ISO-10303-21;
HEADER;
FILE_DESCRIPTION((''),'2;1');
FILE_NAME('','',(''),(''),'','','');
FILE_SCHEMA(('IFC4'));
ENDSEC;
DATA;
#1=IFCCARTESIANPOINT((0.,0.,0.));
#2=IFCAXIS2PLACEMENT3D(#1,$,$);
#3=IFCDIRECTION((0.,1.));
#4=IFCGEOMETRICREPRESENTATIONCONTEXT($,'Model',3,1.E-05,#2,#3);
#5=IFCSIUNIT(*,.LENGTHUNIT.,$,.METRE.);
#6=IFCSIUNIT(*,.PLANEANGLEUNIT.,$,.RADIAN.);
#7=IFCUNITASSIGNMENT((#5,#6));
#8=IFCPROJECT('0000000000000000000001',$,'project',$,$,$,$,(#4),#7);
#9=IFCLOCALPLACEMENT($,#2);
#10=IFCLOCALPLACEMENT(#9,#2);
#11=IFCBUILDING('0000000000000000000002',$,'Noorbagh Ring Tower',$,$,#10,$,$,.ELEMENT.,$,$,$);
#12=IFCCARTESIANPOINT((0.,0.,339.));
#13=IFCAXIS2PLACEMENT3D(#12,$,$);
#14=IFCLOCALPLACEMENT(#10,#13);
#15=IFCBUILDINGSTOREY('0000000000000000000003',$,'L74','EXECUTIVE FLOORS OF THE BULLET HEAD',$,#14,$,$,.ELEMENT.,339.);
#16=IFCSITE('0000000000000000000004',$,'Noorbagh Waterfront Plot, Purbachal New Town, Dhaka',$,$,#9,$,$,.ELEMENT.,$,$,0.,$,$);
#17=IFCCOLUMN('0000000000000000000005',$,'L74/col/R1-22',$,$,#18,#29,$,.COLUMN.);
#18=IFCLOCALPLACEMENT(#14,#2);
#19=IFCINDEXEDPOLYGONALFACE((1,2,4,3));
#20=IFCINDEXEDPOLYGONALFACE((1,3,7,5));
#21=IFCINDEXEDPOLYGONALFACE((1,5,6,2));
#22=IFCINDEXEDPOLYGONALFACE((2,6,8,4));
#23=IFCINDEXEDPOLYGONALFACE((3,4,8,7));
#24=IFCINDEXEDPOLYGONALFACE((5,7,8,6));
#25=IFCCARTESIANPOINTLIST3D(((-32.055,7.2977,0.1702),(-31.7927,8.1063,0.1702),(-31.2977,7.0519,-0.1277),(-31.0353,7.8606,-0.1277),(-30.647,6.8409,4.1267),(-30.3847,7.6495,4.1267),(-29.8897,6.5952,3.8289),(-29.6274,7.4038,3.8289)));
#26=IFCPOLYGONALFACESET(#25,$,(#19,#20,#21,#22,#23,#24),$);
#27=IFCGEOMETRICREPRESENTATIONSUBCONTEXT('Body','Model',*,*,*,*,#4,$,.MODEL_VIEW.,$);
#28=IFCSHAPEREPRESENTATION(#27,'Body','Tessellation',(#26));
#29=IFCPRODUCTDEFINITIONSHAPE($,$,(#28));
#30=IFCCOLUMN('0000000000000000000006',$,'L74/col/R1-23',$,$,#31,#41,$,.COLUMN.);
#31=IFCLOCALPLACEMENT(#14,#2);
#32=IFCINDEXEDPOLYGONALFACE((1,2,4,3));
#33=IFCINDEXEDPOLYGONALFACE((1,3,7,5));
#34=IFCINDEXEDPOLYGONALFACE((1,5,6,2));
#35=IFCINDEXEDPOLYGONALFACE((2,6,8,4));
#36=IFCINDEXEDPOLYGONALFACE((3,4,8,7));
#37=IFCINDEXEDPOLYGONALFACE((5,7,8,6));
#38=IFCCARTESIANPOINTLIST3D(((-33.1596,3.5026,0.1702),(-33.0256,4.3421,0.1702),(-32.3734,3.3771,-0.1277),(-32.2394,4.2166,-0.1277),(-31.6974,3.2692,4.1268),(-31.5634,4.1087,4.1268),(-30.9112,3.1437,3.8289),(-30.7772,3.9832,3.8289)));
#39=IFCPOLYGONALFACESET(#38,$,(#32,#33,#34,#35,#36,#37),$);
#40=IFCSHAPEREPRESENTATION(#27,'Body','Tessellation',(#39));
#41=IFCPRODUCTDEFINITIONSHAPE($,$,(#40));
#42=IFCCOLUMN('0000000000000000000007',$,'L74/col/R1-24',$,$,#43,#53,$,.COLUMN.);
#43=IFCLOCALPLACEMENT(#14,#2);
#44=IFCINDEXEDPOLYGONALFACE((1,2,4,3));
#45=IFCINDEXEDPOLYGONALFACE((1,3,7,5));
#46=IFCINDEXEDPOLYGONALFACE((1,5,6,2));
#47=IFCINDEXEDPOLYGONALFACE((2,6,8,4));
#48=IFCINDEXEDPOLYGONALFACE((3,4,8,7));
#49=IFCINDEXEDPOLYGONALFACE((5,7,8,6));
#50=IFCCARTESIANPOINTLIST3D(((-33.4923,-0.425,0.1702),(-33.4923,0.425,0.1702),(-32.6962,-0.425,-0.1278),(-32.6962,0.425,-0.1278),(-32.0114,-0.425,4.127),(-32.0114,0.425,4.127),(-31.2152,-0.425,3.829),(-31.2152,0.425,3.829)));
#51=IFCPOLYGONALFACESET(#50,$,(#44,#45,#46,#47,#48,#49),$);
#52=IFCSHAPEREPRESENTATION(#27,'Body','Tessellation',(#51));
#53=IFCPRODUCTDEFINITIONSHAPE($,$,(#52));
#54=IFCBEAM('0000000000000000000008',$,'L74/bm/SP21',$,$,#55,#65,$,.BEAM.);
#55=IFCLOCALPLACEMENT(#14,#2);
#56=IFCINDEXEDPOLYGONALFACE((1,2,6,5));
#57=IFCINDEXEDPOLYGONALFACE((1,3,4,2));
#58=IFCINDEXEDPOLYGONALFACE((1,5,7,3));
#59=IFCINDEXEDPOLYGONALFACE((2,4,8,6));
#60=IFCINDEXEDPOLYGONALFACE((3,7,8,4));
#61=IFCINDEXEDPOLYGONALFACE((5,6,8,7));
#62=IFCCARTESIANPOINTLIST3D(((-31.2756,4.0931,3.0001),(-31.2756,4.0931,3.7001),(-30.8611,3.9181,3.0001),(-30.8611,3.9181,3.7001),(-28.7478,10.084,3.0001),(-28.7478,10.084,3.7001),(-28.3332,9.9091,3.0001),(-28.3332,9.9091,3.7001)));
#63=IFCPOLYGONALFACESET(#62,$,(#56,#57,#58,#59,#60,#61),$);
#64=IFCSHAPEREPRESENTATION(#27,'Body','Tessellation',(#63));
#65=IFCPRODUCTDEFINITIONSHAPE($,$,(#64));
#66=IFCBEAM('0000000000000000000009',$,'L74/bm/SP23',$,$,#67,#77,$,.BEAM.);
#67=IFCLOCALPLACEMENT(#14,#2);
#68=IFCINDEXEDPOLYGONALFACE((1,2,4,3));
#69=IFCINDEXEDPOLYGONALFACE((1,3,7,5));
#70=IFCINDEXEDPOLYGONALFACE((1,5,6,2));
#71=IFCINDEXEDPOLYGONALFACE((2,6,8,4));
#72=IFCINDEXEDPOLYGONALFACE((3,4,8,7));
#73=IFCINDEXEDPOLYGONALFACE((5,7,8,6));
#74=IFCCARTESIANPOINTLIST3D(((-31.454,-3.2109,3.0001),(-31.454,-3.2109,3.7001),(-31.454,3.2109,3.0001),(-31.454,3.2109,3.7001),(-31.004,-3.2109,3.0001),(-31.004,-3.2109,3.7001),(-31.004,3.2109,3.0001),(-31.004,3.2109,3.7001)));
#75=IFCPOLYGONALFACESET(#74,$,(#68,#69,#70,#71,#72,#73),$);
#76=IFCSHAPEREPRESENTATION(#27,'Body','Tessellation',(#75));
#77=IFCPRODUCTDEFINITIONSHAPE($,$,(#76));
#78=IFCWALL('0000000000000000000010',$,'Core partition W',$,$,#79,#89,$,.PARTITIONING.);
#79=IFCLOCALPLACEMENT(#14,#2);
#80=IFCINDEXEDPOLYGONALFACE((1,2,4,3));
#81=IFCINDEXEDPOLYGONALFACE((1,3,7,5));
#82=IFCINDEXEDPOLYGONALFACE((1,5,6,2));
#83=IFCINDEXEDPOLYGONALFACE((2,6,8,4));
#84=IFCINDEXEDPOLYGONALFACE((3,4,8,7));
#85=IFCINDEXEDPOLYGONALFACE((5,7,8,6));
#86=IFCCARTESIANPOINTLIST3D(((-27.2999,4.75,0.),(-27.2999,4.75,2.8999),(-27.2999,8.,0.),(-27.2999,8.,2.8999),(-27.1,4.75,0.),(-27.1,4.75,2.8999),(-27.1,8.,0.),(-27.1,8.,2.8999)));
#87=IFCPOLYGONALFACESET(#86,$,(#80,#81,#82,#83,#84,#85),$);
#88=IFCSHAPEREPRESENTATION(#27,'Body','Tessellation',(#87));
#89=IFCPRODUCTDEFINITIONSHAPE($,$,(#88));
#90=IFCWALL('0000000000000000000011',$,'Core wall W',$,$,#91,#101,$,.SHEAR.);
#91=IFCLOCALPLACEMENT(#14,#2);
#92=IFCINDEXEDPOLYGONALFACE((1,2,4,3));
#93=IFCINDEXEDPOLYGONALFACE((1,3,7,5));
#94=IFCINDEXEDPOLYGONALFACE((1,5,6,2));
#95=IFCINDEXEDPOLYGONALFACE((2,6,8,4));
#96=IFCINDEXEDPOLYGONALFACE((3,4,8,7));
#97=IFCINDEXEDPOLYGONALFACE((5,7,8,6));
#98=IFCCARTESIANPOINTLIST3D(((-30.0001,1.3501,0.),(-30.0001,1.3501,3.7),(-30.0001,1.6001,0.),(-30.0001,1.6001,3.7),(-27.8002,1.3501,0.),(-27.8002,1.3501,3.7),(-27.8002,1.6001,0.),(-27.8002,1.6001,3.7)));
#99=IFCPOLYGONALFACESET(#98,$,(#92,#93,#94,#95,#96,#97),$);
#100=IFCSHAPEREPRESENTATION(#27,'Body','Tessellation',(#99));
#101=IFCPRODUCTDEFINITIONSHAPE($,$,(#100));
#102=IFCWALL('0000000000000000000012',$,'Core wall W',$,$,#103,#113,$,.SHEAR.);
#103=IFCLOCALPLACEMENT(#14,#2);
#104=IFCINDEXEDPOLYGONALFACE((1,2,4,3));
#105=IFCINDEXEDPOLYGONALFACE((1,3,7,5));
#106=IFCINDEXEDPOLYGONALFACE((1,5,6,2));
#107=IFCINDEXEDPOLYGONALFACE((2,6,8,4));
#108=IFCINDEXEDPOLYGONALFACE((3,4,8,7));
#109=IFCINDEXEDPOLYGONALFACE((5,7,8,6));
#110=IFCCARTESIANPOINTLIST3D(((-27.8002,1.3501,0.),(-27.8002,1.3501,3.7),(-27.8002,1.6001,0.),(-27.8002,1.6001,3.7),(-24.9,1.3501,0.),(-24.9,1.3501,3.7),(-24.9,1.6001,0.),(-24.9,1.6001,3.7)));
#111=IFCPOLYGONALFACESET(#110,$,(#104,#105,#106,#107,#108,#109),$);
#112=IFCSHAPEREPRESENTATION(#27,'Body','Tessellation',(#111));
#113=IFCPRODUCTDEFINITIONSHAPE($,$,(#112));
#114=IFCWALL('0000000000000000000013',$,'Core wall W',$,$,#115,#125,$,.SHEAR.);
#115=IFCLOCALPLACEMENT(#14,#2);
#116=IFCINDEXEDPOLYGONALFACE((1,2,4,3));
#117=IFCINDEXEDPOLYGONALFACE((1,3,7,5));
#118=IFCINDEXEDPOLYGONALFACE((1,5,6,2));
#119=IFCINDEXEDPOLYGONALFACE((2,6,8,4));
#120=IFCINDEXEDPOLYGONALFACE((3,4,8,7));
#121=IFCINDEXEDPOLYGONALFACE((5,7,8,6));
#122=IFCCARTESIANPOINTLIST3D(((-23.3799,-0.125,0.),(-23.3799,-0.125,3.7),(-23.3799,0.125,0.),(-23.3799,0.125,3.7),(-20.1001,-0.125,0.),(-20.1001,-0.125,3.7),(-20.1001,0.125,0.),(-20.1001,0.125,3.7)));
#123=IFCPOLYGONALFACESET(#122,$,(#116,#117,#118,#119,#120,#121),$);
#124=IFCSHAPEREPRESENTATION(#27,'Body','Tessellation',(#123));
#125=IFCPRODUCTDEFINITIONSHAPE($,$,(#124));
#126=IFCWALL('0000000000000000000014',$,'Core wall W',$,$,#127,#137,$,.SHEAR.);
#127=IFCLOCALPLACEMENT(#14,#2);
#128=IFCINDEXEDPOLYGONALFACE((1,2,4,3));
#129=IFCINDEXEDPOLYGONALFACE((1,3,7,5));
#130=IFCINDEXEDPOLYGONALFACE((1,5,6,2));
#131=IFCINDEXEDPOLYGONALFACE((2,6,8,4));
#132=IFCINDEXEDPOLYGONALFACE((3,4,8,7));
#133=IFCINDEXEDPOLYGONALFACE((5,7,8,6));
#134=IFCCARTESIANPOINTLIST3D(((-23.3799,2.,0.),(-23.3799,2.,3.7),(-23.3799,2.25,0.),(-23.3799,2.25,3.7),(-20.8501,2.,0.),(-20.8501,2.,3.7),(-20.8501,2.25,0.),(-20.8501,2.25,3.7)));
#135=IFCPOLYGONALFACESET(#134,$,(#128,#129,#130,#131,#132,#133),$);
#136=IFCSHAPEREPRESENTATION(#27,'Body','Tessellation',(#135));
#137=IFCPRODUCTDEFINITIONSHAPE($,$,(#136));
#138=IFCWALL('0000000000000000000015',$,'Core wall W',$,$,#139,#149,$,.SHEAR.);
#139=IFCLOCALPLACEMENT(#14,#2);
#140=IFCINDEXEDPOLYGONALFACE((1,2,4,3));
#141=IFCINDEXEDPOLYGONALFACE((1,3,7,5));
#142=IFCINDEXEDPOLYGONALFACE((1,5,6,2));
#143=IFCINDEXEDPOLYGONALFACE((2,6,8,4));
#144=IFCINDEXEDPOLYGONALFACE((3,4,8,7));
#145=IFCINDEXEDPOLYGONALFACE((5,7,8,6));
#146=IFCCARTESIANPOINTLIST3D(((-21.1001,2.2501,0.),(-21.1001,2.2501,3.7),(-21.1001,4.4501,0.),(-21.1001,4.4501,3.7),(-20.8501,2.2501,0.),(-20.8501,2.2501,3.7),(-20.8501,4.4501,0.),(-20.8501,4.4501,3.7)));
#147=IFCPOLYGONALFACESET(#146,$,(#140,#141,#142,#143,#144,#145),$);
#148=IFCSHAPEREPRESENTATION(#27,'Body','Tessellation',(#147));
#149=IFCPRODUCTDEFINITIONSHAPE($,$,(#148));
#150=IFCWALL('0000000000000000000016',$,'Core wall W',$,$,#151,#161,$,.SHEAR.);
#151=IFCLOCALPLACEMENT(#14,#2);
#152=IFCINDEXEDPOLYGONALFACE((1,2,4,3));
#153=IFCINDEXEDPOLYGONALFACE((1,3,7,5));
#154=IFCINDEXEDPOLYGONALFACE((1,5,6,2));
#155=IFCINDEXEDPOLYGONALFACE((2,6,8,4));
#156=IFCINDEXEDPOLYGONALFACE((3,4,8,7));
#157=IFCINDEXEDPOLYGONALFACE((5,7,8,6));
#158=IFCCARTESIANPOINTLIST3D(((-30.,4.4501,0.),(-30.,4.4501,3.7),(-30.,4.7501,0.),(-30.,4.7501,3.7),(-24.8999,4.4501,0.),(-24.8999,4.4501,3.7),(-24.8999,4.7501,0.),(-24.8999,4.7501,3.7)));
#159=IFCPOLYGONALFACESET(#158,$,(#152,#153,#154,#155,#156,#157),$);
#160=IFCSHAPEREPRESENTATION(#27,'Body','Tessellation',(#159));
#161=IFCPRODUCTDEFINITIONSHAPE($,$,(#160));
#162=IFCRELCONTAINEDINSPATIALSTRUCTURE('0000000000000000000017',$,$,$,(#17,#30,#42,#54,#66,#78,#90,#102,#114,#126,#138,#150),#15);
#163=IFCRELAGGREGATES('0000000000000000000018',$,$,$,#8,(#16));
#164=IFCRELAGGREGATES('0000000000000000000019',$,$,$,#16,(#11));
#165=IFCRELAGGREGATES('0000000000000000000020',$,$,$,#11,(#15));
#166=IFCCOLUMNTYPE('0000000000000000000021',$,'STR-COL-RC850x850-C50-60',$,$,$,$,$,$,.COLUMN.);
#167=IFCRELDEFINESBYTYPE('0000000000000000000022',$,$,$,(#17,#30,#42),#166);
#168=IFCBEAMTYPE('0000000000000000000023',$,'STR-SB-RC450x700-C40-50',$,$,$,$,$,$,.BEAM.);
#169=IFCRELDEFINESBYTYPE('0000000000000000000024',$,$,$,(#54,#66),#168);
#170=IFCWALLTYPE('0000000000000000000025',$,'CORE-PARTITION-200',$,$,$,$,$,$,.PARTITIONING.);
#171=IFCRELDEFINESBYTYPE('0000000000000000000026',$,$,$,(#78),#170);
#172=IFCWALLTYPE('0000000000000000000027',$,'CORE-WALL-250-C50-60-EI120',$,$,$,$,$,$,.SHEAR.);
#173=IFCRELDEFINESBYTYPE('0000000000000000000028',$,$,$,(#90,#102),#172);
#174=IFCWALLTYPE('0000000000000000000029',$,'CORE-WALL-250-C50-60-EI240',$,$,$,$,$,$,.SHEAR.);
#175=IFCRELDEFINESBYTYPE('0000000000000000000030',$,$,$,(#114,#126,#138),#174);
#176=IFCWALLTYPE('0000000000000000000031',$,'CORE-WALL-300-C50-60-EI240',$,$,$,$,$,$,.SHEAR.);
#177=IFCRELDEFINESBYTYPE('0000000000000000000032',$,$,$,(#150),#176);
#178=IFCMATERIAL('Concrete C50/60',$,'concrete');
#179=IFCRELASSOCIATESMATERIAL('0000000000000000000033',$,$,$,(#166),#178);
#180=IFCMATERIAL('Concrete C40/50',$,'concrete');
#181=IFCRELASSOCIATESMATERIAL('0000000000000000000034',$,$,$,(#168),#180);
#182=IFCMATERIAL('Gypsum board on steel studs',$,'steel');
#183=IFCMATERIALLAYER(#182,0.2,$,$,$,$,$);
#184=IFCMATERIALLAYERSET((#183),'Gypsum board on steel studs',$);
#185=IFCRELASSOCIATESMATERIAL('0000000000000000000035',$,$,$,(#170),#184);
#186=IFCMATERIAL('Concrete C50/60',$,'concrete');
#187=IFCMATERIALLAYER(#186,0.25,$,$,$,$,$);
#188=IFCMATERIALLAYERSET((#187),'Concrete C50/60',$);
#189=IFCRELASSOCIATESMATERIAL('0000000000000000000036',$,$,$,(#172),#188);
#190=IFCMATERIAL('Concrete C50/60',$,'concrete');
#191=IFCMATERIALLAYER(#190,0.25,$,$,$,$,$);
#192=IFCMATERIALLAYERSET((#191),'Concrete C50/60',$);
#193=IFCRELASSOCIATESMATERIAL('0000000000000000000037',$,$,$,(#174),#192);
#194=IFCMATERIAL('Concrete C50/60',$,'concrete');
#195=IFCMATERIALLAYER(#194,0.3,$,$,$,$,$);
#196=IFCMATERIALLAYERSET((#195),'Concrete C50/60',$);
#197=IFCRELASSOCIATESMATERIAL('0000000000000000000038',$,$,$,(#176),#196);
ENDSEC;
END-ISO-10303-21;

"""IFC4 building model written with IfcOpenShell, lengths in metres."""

from ifc_helpers import new_model, si_unit, direction, frame, frame_2d, origin, origin_2d, place, context, subcontext, project, spatial, rectangle, extrude, material, layer, layer_set, material_profile, profile_set, type_object, element, save


model = new_model("IFC4")

# Units and contexts
model_context = context("Model", 3, precision=1e-05, world=origin(), true_north=direction((0.0, 1.0)))
body_context = subcontext(model_context, "Body", "Model", "MODEL_VIEW")
ifc_project = project(units=[si_unit("LENGTHUNIT", "METRE"), si_unit("PLANEANGLEUNIT", "RADIAN")], contexts=[model_context])

# Site, building, storey
site_placement = place(None, origin())
site = spatial("IfcSite", under=ifc_project, at=site_placement, Name="Noorbagh Waterfront Plot, Purbachal New Town, Dhaka", CompositionType="ELEMENT", RefElevation=0.0)
building_placement = place(site_placement, origin())
building = spatial("IfcBuilding", under=site, at=building_placement, Name="Noorbagh Ring Tower", CompositionType="ELEMENT")
storey_placement = place(building_placement, frame((0.0, 0.0, 339.0)))
storey = spatial("IfcBuildingStorey", under=building, at=storey_placement, Name="L74", Description="EXECUTIVE FLOORS OF THE BULLET HEAD", CompositionType="ELEMENT", Elevation=339.0)

# Columns
ifc_material_1 = material(Name="Concrete C50/60", Category="concrete")
ifc_material_profile_1 = material_profile(ifc_material_1, rectangle(XDim=0.8501, YDim=0.8501, at=origin_2d()), Name="RC850x850")
ifc_profile_set_1 = profile_set([ifc_material_profile_1], Name="Concrete C50/60")
column_type = type_object("IfcColumnType", Name="STR-COL-RC850x850-C50-60", PredefinedType="COLUMN", material=ifc_profile_set_1)
column_1_placement = place(storey_placement, frame((-31.5452, 7.5791, 0.0212), z_axis=(0.333295, -0.108132, 0.936601), x_axis=(0.308597, 0.951193, 0.0)))
element("IfcColumn", 1, at=column_1_placement, inside=storey, type_object=column_type, Name="L74/col/R1-22", PredefinedType="COLUMN", context=body_context, shape_type="SweptSolid", body=[
    extrude(rectangle(XDim=0.8501, YDim=0.8501, at=origin_2d()), origin(), (0.0, 0.0, 1.0), 4.2244),
])
column_2_placement = place(storey_placement, frame((-32.6995, 3.8596, 0.0212), z_axis=(0.346112, -0.055248, 0.936565), x_axis=(0.15763, 0.987498, 0.0)))
element("IfcColumn", 2, at=column_2_placement, inside=storey, type_object=column_type, Name="L74/col/R1-23", PredefinedType="COLUMN", context=body_context, shape_type="SweptSolid", body=[
    extrude(rectangle(XDim=0.8501, YDim=0.8501, at=origin_2d()), origin(), (0.0, 0.0, 1.0), 4.2246),
])
column_3_placement = place(storey_placement, frame((-33.0942, 0.0, 0.0212), z_axis=(0.350534, 0.0, 0.93655), x_axis=(0.0, 1.0, 0.0)))
element("IfcColumn", 3, at=column_3_placement, inside=storey, type_object=column_type, Name="L74/col/R1-24", PredefinedType="COLUMN", context=body_context, shape_type="SweptSolid", body=[
    extrude(rectangle(XDim=0.8501, YDim=0.8501, at=origin_2d()), origin(), (0.0, 0.0, 1.0), 4.2249),
])

# Beams
ifc_material_2 = material(Name="Concrete C40/50", Category="concrete")
ifc_material_profile_2 = material_profile(ifc_material_2, rectangle(XDim=0.45, YDim=0.7, at=origin_2d()), Name="RC450x700")
ifc_profile_set_2 = profile_set([ifc_material_profile_2], Name="Concrete C40/50")
beam_type = type_object("IfcBeamType", Name="STR-SB-RC450x700-C40-50", PredefinedType="BEAM", material=ifc_profile_set_2)
beam_1_placement = place(storey_placement, frame((-28.5405, 9.9966, 3.3501), z_axis=(-0.388752, -0.921343, 0.0), x_axis=(0.921343, -0.388752, 0.0)))
element("IfcBeam", 4, at=beam_1_placement, inside=storey, type_object=beam_type, Name="L74/bm/SP21", PredefinedType="BEAM", context=body_context, shape_type="SweptSolid", body=[
    extrude(rectangle(XDim=0.45, YDim=0.7, at=origin_2d()), origin(), (0.0, 0.0, 1.0), 6.5024),
])
beam_2_placement = place(storey_placement, frame((-31.229, 3.2109, 3.3501), z_axis=(0.0, -1.0, 0.0), x_axis=(1.0, 0.0, 0.0)))
element("IfcBeam", 5, at=beam_2_placement, inside=storey, type_object=beam_type, Name="L74/bm/SP23", PredefinedType="BEAM", context=body_context, shape_type="SweptSolid", body=[
    extrude(rectangle(XDim=0.45, YDim=0.7, at=origin_2d()), origin(), (0.0, 0.0, 1.0), 6.4219),
])

# Walls
ifc_material_3 = material(Name="Gypsum board on steel studs", Category="steel")
ifc_layer_1 = layer(ifc_material_3, 0.2)
ifc_layer_set_1 = layer_set([ifc_layer_1], Name="Gypsum board on steel studs")
wall_type_1 = type_object("IfcWallType", Name="CORE-PARTITION-200", PredefinedType="PARTITIONING", material=ifc_layer_set_1)
wall_1_placement = place(storey_placement, frame((-27.2, 4.75, 0.0), z_axis=(0.0, 0.0, 1.0), x_axis=(0.0, 1.0, 0.0)))
element("IfcWall", 6, at=wall_1_placement, inside=storey, type_object=wall_type_1, Name="Core partition W", PredefinedType="PARTITIONING", context=body_context, shape_type="SweptSolid", body=[
    extrude(rectangle(XDim=3.25, YDim=0.2, at=frame_2d((1.625, 0.0))), origin(), (0.0, 0.0, 1.0), 2.8999),
])
ifc_material_4 = material(Name="Concrete C50/60", Category="concrete")
ifc_layer_2 = layer(ifc_material_4, 0.25)
ifc_layer_set_2 = layer_set([ifc_layer_2], Name="Concrete C50/60")
wall_type_2 = type_object("IfcWallType", Name="CORE-WALL-250-C50-60-EI120", PredefinedType="SHEAR", material=ifc_layer_set_2)
wall_2_placement = place(storey_placement, frame((-27.8, 1.4751, 0.0), z_axis=(0.0, 0.0, 1.0), x_axis=(-1.0, 0.0, 0.0)))
element("IfcWall", 7, at=wall_2_placement, inside=storey, type_object=wall_type_2, Name="Core wall W", PredefinedType="SHEAR", context=body_context, shape_type="SweptSolid", body=[
    extrude(rectangle(XDim=2.2, YDim=0.25, at=frame_2d((1.1001, 0.0))), origin(), (0.0, 0.0, 1.0), 3.7),
])
wall_3_placement = place(storey_placement, frame((-24.8999, 1.4751, 0.0), z_axis=(0.0, 0.0, 1.0), x_axis=(-1.0, 0.0, 0.0)))
element("IfcWall", 8, at=wall_3_placement, inside=storey, type_object=wall_type_2, Name="Core wall W", PredefinedType="SHEAR", context=body_context, shape_type="SweptSolid", body=[
    extrude(rectangle(XDim=2.9001, YDim=0.25, at=frame_2d((1.4502, 0.0))), origin(), (0.0, 0.0, 1.0), 3.7),
])
ifc_material_5 = material(Name="Concrete C50/60", Category="concrete")
ifc_layer_3 = layer(ifc_material_5, 0.25)
ifc_layer_set_3 = layer_set([ifc_layer_3], Name="Concrete C50/60")
wall_type_3 = type_object("IfcWallType", Name="CORE-WALL-250-C50-60-EI240", PredefinedType="SHEAR", material=ifc_layer_set_3)
wall_4_placement = place(storey_placement, frame((-20.1001, 0.0, 0.0), z_axis=(0.0, 0.0, 1.0), x_axis=(-1.0, 0.0, 0.0)))
element("IfcWall", 9, at=wall_4_placement, inside=storey, type_object=wall_type_3, Name="Core wall W", PredefinedType="SHEAR", context=body_context, shape_type="SweptSolid", body=[
    extrude(rectangle(XDim=3.2798, YDim=0.25, at=frame_2d((1.6399, 0.0))), origin(), (0.0, 0.0, 1.0), 3.7),
])
wall_5_placement = place(storey_placement, frame((-20.8501, 2.125, 0.0), z_axis=(0.0, 0.0, 1.0), x_axis=(-1.0, 0.0, 0.0)))
element("IfcWall", 10, at=wall_5_placement, inside=storey, type_object=wall_type_3, Name="Core wall W", PredefinedType="SHEAR", context=body_context, shape_type="SweptSolid", body=[
    extrude(rectangle(XDim=2.5298, YDim=0.25, at=frame_2d((1.2649, 0.0))), origin(), (0.0, 0.0, 1.0), 3.7),
])
wall_6_placement = place(storey_placement, frame((-20.9751, 2.25, 0.0), z_axis=(0.0, 0.0, 1.0), x_axis=(0.0, 1.0, 0.0)))
element("IfcWall", 11, at=wall_6_placement, inside=storey, type_object=wall_type_3, Name="Core wall W", PredefinedType="SHEAR", context=body_context, shape_type="SweptSolid", body=[
    extrude(rectangle(XDim=2.2, YDim=0.25, at=frame_2d((1.1001, 0.0))), origin(), (0.0, 0.0, 1.0), 3.7),
])
ifc_material_6 = material(Name="Concrete C50/60", Category="concrete")
ifc_layer_4 = layer(ifc_material_6, 0.3)
ifc_layer_set_4 = layer_set([ifc_layer_4], Name="Concrete C50/60")
wall_type_4 = type_object("IfcWallType", Name="CORE-WALL-300-C50-60-EI240", PredefinedType="SHEAR", material=ifc_layer_set_4)
wall_7_placement = place(storey_placement, frame((-24.8999, 4.6001, 0.0), z_axis=(0.0, 0.0, 1.0), x_axis=(-1.0, 0.0, 0.0)))
element("IfcWall", 12, at=wall_7_placement, inside=storey, type_object=wall_type_4, Name="Core wall W", PredefinedType="SHEAR", context=body_context, shape_type="SweptSolid", body=[
    extrude(rectangle(XDim=5.1001, YDim=0.3, at=frame_2d((2.55, 0.0))), origin(), (0.0, 0.0, 1.0), 3.7),
])

save(model, "model.ifc")
